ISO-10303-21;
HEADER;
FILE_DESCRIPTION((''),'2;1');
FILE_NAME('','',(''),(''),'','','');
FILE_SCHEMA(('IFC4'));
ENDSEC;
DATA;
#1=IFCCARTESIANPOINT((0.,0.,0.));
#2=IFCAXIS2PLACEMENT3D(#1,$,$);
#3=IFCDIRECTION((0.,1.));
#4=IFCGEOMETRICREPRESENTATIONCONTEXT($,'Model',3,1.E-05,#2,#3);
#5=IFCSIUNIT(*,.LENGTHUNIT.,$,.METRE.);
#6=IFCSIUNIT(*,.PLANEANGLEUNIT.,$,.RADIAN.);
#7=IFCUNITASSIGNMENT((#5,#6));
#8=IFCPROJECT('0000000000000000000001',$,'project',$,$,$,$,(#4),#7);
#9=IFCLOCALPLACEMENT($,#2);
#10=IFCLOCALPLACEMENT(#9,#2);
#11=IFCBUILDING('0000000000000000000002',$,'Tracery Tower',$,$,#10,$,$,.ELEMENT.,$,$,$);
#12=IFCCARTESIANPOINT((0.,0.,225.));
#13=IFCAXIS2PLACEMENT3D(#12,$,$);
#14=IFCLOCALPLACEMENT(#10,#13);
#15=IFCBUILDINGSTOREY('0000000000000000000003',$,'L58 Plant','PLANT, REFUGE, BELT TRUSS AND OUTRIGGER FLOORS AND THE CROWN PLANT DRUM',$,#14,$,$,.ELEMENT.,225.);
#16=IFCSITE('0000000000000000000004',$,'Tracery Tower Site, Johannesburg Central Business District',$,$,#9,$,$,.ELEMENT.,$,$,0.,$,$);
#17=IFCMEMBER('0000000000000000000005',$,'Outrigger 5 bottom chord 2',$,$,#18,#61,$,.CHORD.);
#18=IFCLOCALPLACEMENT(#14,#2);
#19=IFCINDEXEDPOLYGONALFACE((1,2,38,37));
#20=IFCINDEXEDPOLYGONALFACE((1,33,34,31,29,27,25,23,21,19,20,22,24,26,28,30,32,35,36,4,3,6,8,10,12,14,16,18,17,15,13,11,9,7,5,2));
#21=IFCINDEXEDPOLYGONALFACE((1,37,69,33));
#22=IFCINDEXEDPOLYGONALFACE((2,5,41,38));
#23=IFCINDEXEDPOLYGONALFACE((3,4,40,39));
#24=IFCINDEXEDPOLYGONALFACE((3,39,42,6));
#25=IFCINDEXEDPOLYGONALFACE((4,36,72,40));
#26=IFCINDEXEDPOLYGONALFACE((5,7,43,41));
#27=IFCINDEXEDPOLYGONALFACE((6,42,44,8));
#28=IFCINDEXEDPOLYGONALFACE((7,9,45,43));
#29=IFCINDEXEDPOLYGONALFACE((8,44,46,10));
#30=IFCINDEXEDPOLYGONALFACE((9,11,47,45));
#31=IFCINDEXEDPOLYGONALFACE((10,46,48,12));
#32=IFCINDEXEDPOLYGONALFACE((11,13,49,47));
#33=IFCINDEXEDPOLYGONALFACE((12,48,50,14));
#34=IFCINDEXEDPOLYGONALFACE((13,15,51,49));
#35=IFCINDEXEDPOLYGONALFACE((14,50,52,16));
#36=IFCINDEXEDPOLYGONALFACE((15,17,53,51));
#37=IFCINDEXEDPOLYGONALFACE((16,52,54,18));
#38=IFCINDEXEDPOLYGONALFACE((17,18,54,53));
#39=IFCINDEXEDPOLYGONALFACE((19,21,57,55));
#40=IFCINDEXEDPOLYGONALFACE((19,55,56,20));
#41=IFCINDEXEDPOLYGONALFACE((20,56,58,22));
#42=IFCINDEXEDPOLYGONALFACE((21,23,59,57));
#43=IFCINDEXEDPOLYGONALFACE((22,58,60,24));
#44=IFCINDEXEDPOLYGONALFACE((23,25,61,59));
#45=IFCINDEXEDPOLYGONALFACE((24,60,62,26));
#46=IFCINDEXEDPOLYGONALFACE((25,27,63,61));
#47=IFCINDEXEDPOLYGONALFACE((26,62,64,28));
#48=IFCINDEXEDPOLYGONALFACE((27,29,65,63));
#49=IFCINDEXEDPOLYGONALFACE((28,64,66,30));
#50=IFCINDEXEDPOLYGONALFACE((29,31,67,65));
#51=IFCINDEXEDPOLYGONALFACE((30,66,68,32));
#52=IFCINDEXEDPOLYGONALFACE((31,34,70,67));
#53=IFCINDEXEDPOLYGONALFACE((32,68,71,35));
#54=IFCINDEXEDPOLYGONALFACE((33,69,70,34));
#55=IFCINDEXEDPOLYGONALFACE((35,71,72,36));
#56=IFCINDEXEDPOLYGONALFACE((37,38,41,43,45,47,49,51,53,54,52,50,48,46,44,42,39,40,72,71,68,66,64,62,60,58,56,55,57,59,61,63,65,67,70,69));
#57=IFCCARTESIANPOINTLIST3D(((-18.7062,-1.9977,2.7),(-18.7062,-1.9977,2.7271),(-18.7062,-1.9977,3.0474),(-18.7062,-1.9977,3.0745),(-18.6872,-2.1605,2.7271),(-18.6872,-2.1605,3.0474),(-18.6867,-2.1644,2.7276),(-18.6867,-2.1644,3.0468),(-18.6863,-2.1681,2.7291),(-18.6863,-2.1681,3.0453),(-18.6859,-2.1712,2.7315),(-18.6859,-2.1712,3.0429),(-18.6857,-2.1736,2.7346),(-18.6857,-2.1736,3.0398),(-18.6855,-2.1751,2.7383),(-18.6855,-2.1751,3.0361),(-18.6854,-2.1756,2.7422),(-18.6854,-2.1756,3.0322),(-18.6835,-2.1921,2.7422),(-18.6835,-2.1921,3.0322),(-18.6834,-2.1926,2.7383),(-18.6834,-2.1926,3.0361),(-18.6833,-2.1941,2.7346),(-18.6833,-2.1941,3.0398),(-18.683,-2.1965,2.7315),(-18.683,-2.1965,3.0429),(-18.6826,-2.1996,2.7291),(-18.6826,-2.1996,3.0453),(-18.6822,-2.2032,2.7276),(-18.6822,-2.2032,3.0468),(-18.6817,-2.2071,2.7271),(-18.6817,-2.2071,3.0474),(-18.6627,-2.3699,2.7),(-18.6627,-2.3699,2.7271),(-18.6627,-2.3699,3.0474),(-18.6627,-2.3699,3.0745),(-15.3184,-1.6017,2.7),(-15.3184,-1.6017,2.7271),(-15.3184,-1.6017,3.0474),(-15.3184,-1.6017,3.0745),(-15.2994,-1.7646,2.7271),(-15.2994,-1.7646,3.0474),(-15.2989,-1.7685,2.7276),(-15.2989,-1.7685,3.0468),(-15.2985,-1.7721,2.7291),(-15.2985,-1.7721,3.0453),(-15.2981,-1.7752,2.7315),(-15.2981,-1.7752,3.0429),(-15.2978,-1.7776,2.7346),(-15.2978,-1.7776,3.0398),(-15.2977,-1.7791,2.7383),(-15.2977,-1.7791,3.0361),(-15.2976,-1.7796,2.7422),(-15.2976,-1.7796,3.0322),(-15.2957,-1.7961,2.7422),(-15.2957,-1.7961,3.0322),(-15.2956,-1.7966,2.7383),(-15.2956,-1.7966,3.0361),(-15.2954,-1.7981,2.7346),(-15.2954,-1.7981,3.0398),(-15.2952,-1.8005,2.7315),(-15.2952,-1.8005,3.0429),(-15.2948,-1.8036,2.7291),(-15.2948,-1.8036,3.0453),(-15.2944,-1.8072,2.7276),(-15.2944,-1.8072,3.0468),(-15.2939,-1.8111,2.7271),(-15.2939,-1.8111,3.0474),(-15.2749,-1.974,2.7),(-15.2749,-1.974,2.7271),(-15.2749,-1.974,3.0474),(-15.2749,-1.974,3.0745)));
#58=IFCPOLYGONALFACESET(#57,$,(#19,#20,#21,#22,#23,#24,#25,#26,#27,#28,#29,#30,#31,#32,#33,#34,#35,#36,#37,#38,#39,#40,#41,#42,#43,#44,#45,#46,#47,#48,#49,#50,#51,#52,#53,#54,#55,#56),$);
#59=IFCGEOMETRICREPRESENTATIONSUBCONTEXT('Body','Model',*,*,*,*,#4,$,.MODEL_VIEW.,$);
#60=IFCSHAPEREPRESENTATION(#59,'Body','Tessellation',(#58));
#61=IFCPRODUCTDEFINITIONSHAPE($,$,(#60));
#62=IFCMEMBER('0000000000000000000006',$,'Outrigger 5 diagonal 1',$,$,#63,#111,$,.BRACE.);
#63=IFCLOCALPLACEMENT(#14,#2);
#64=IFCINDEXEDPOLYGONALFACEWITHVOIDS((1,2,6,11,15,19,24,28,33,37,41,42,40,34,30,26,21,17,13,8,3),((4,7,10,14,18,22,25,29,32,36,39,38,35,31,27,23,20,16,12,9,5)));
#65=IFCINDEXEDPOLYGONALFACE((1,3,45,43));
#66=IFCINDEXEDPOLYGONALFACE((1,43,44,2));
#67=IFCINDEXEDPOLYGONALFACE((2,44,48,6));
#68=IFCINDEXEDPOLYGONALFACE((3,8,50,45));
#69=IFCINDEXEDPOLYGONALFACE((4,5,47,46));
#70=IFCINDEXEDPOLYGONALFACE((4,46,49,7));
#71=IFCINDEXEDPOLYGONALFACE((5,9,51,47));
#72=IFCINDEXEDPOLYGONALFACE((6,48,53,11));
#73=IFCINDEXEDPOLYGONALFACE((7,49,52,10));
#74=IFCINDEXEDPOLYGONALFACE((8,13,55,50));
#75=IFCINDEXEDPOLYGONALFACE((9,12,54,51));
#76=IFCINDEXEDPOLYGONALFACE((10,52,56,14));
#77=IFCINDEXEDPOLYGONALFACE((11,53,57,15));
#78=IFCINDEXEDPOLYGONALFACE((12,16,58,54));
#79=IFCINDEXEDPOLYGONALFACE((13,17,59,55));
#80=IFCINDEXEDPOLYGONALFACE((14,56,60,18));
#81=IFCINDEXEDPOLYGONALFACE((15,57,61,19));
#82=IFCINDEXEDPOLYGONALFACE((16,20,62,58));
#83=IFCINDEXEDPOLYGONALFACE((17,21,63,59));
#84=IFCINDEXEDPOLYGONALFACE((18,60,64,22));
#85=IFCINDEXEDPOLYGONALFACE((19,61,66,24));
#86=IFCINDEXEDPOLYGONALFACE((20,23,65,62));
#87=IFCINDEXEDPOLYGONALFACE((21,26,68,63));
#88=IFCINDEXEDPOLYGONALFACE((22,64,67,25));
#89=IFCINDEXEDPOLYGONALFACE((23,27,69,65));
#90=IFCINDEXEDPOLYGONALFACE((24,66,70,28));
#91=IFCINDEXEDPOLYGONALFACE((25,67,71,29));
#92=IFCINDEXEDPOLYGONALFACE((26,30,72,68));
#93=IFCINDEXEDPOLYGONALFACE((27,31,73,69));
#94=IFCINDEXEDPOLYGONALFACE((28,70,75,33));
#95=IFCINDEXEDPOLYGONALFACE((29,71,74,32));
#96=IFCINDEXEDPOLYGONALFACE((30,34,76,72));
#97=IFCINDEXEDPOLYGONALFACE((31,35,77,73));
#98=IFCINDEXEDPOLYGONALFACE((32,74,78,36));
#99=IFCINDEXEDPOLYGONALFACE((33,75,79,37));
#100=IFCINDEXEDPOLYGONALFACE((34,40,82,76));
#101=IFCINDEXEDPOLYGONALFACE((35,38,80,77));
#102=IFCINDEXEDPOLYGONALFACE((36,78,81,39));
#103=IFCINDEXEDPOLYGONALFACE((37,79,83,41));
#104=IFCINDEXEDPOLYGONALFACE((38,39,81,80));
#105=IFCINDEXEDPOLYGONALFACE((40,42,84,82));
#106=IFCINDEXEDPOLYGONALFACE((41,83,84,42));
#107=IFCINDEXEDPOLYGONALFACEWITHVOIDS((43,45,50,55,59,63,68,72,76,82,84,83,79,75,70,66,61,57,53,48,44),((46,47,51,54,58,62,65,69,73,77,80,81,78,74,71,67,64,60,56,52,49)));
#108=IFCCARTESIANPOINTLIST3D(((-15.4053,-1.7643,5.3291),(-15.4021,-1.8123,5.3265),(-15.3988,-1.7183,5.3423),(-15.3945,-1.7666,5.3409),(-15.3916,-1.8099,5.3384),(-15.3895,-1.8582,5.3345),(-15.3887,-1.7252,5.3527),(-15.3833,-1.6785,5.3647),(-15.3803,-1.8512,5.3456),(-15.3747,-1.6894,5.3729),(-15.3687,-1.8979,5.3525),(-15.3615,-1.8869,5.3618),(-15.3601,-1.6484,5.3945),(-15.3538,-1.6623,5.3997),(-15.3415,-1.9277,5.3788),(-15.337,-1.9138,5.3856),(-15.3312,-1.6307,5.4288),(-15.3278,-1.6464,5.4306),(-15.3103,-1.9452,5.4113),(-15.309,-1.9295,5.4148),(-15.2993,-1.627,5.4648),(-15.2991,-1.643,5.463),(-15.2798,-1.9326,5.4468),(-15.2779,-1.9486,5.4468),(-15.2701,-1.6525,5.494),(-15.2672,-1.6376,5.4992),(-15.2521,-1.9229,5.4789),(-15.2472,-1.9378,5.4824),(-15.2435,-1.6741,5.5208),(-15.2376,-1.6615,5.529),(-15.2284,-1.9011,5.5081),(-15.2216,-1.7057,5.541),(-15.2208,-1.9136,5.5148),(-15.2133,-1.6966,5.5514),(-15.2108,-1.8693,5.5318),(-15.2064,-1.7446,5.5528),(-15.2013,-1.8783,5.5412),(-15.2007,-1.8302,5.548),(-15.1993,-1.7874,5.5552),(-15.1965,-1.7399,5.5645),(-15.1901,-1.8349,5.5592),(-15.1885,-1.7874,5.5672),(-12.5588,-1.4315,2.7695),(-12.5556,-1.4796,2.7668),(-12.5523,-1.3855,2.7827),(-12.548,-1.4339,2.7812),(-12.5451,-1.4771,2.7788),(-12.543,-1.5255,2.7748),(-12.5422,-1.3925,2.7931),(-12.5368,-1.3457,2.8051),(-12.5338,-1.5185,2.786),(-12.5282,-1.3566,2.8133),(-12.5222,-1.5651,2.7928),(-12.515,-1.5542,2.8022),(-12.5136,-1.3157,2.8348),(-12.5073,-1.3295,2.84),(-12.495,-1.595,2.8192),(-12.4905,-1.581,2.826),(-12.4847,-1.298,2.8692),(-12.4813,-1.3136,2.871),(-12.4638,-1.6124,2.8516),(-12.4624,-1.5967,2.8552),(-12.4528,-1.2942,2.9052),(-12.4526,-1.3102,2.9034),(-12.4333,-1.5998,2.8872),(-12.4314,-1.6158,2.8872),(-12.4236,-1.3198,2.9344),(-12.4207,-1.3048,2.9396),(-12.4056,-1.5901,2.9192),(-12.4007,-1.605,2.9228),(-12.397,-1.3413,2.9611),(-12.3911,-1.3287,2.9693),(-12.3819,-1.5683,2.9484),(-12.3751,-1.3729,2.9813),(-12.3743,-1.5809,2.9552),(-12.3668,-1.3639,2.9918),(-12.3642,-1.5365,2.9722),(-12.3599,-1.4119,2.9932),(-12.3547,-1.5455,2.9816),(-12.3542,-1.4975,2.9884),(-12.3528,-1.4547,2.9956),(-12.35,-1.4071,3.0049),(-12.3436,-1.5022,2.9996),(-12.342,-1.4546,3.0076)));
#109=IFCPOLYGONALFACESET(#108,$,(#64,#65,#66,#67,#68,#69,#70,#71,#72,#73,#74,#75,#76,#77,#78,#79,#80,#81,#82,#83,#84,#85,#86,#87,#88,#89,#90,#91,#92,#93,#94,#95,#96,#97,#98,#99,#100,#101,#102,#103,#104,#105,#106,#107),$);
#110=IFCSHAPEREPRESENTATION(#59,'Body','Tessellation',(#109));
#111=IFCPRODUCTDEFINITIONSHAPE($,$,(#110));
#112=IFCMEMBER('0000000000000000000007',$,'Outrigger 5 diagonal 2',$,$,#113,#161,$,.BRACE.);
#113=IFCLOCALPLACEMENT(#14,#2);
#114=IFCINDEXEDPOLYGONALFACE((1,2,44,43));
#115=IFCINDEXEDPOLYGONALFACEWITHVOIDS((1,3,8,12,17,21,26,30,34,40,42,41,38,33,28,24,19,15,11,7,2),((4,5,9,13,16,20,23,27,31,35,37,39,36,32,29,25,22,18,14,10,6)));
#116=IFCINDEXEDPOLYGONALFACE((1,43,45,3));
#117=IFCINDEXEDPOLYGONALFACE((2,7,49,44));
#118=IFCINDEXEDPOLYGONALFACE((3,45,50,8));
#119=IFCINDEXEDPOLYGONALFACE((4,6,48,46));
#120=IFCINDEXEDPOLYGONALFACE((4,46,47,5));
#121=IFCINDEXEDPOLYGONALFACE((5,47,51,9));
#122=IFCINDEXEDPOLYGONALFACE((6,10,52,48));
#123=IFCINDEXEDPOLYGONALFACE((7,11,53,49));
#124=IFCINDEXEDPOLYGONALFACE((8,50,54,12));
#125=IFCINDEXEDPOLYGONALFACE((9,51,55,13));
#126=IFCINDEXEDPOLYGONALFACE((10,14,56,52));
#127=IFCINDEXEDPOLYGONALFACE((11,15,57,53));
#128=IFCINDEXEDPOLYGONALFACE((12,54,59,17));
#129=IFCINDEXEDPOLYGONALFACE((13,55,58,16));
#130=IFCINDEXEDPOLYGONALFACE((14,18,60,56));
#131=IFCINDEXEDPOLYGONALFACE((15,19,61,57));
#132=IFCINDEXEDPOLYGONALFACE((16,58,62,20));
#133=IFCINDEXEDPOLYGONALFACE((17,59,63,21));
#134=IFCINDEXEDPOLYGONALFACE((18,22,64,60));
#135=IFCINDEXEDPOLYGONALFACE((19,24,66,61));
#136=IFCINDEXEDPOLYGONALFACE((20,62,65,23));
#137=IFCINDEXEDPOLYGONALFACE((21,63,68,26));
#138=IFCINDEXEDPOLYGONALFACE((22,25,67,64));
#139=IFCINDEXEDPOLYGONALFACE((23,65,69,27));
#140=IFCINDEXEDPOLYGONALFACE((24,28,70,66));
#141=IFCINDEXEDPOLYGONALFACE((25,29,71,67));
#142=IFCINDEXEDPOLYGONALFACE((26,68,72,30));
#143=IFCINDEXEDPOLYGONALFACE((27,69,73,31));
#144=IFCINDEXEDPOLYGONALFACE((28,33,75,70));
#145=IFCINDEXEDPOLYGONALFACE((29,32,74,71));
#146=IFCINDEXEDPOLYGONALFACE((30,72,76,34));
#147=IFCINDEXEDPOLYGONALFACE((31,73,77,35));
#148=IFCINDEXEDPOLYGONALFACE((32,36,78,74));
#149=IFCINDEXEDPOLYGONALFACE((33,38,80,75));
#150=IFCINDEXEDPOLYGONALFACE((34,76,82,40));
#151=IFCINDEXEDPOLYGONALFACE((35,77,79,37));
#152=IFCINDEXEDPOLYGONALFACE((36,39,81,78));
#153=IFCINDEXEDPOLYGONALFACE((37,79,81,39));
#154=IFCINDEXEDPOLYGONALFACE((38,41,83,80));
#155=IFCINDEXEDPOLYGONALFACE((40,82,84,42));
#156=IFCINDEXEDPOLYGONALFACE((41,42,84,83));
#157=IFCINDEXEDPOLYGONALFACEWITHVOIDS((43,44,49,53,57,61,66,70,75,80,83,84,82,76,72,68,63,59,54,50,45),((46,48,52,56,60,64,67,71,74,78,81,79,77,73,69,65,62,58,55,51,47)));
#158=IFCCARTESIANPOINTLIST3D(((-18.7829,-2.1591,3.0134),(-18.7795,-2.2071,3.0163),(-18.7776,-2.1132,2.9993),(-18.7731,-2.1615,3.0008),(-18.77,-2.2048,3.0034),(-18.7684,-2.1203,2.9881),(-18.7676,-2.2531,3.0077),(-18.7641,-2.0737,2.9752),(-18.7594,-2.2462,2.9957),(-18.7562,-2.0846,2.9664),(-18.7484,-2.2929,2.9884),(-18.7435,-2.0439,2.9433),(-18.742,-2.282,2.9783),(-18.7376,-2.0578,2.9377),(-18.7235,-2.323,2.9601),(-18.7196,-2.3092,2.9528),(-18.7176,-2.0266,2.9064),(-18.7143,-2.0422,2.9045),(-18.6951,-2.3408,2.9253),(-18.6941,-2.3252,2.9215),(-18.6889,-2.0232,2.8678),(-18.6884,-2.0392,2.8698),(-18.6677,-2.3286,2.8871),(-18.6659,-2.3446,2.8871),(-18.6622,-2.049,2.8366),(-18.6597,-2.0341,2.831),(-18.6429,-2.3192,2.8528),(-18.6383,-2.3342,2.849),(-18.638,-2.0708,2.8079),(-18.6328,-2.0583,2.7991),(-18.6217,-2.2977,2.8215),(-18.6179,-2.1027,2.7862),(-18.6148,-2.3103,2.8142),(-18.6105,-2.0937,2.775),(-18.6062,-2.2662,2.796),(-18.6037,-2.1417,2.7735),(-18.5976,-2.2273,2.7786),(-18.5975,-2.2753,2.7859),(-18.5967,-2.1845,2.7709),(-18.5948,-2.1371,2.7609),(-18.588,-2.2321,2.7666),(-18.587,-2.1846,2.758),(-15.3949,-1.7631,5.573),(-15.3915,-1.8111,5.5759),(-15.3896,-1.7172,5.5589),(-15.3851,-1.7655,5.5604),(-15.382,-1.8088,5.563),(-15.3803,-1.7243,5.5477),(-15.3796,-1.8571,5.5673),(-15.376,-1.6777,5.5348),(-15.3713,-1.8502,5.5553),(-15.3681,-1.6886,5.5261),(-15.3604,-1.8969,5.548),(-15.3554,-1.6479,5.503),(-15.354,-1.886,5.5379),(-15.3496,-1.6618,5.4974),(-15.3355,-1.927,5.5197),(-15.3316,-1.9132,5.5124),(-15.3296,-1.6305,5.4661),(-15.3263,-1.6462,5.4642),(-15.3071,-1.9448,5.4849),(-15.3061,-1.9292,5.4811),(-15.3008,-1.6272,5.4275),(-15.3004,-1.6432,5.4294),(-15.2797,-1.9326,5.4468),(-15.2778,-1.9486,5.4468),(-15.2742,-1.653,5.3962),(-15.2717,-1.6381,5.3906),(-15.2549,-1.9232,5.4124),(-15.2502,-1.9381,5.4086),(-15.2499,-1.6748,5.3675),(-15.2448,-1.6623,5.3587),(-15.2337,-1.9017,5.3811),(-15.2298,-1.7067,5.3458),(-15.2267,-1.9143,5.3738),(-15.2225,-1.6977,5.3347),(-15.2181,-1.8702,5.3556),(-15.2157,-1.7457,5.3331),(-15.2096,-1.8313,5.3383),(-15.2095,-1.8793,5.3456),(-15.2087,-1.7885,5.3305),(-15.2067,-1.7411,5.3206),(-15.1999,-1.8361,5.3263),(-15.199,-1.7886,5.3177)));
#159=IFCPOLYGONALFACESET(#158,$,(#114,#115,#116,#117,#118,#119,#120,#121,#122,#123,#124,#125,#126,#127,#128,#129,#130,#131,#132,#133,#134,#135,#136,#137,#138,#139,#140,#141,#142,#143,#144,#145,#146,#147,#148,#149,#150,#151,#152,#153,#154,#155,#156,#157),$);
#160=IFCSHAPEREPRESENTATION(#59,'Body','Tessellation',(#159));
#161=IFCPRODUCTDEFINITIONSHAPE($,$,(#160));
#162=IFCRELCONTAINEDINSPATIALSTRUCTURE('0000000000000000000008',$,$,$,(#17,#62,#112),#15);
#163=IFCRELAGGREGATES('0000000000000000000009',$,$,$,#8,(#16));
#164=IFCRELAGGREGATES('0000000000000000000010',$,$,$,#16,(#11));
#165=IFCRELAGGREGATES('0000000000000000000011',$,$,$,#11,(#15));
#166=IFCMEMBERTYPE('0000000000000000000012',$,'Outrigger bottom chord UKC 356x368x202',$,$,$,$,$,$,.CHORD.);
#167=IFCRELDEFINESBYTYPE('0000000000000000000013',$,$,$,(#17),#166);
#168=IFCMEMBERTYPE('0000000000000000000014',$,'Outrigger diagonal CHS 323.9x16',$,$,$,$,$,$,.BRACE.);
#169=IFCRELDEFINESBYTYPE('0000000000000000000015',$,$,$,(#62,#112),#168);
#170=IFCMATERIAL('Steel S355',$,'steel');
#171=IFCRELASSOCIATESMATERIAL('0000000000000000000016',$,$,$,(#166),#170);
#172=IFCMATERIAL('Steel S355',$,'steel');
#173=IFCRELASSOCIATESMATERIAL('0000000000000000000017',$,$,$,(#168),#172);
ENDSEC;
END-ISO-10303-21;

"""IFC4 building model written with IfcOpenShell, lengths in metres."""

from ifc_helpers import new_model, si_unit, direction, frame, origin, origin_2d, place, context, subcontext, project, spatial, hollow_circle, i_section, extrude, material, material_profile, profile_set, type_object, element, save


model = new_model("IFC4")

# Units and contexts
model_context = context("Model", 3, precision=1e-05, world=origin(), true_north=direction((0.0, 1.0)))
body_context = subcontext(model_context, "Body", "Model", "MODEL_VIEW")
ifc_project = project(units=[si_unit("LENGTHUNIT", "METRE"), si_unit("PLANEANGLEUNIT", "RADIAN")], contexts=[model_context])

# Site, building, storey
site_placement = place(None, origin())
site = spatial("IfcSite", under=ifc_project, at=site_placement, Name="Tracery Tower Site, Johannesburg Central Business District", CompositionType="ELEMENT", RefElevation=0.0)
building_placement = place(site_placement, origin())
building = spatial("IfcBuilding", under=site, at=building_placement, Name="Tracery Tower", CompositionType="ELEMENT")
storey_placement = place(building_placement, frame((0.0, 0.0, 225.0)))
storey = spatial("IfcBuildingStorey", under=building, at=storey_placement, Name="L58 Plant", Description="PLANT, REFUGE, BELT TRUSS AND OUTRIGGER FLOORS AND THE CROWN PLANT DRUM", CompositionType="ELEMENT", Elevation=225.0)

# Members
ifc_material_1 = material(Name="Steel S355", Category="steel")
ifc_material_profile_1 = material_profile(ifc_material_1, i_section(OverallWidth=0.3748, OverallDepth=0.3745, WebThickness=0.0166, FlangeThickness=0.0271, FilletRadius=0.0151, at=origin_2d()), Name="UKC 356x368x202")
ifc_profile_set_1 = profile_set([ifc_material_profile_1], Name="Steel S355")
member_type_1 = type_object("IfcMemberType", Name="Outrigger bottom chord UKC 356x368x202", PredefinedType="CHORD", material=ifc_profile_set_1)
member_1_placement = place(storey_placement, frame((-15.2966, -1.7878, 2.8872), z_axis=(-0.993238, -0.116094, 0.0), x_axis=(0.116094, -0.993238, 0.0)))
element("IfcMember", 1, at=member_1_placement, inside=storey, type_object=member_type_1, Name="Outrigger 5 bottom chord 2", PredefinedType="CHORD", context=body_context, shape_type="SweptSolid", body=[
    extrude(i_section(OverallWidth=0.3748, OverallDepth=0.3745, WebThickness=0.0166, FlangeThickness=0.0271, FilletRadius=0.0151, at=origin_2d()), origin(), (0.0, 0.0, 1.0), 3.4109),
])
ifc_material_2 = material(Name="Steel S355", Category="steel")
ifc_material_profile_2 = material_profile(ifc_material_2, hollow_circle(Radius=0.1619, WallThickness=0.0161, at=origin_2d()), Name="CHS 323.9x16")
ifc_profile_set_2 = profile_set([ifc_material_profile_2], Name="Steel S355")
member_type_2 = type_object("IfcMemberType", Name="Outrigger diagonal CHS 323.9x16", PredefinedType="BRACE", material=ifc_profile_set_2)
member_2_placement = place(storey_placement, frame((-12.4502, -1.4551, 2.8872), z_axis=(-0.740789, -0.086602, 0.666132), x_axis=(0.116115, -0.993236, 0.0)))
element("IfcMember", 2, at=member_2_placement, inside=storey, type_object=member_type_2, Name="Outrigger 5 diagonal 1", PredefinedType="BRACE", context=body_context, shape_type="SweptSolid", body=[
    extrude(hollow_circle(Radius=0.1619, WallThickness=0.0161, at=origin_2d()), origin(), (0.0, 0.0, 1.0), 3.8425),
])
member_3_placement = place(storey_placement, frame((-15.2966, -1.7878, 5.4468), z_axis=(-0.794443, -0.092858, -0.600198), x_axis=(0.116094, -0.993238, 0.0)))
element("IfcMember", 3, at=member_3_placement, inside=storey, type_object=member_type_2, Name="Outrigger 5 diagonal 2", PredefinedType="BRACE", context=body_context, shape_type="SweptSolid", body=[
    extrude(hollow_circle(Radius=0.1619, WallThickness=0.0161, at=origin_2d()), origin(), (0.0, 0.0, 1.0), 4.2646),
])

save(model, "model.ifc")
